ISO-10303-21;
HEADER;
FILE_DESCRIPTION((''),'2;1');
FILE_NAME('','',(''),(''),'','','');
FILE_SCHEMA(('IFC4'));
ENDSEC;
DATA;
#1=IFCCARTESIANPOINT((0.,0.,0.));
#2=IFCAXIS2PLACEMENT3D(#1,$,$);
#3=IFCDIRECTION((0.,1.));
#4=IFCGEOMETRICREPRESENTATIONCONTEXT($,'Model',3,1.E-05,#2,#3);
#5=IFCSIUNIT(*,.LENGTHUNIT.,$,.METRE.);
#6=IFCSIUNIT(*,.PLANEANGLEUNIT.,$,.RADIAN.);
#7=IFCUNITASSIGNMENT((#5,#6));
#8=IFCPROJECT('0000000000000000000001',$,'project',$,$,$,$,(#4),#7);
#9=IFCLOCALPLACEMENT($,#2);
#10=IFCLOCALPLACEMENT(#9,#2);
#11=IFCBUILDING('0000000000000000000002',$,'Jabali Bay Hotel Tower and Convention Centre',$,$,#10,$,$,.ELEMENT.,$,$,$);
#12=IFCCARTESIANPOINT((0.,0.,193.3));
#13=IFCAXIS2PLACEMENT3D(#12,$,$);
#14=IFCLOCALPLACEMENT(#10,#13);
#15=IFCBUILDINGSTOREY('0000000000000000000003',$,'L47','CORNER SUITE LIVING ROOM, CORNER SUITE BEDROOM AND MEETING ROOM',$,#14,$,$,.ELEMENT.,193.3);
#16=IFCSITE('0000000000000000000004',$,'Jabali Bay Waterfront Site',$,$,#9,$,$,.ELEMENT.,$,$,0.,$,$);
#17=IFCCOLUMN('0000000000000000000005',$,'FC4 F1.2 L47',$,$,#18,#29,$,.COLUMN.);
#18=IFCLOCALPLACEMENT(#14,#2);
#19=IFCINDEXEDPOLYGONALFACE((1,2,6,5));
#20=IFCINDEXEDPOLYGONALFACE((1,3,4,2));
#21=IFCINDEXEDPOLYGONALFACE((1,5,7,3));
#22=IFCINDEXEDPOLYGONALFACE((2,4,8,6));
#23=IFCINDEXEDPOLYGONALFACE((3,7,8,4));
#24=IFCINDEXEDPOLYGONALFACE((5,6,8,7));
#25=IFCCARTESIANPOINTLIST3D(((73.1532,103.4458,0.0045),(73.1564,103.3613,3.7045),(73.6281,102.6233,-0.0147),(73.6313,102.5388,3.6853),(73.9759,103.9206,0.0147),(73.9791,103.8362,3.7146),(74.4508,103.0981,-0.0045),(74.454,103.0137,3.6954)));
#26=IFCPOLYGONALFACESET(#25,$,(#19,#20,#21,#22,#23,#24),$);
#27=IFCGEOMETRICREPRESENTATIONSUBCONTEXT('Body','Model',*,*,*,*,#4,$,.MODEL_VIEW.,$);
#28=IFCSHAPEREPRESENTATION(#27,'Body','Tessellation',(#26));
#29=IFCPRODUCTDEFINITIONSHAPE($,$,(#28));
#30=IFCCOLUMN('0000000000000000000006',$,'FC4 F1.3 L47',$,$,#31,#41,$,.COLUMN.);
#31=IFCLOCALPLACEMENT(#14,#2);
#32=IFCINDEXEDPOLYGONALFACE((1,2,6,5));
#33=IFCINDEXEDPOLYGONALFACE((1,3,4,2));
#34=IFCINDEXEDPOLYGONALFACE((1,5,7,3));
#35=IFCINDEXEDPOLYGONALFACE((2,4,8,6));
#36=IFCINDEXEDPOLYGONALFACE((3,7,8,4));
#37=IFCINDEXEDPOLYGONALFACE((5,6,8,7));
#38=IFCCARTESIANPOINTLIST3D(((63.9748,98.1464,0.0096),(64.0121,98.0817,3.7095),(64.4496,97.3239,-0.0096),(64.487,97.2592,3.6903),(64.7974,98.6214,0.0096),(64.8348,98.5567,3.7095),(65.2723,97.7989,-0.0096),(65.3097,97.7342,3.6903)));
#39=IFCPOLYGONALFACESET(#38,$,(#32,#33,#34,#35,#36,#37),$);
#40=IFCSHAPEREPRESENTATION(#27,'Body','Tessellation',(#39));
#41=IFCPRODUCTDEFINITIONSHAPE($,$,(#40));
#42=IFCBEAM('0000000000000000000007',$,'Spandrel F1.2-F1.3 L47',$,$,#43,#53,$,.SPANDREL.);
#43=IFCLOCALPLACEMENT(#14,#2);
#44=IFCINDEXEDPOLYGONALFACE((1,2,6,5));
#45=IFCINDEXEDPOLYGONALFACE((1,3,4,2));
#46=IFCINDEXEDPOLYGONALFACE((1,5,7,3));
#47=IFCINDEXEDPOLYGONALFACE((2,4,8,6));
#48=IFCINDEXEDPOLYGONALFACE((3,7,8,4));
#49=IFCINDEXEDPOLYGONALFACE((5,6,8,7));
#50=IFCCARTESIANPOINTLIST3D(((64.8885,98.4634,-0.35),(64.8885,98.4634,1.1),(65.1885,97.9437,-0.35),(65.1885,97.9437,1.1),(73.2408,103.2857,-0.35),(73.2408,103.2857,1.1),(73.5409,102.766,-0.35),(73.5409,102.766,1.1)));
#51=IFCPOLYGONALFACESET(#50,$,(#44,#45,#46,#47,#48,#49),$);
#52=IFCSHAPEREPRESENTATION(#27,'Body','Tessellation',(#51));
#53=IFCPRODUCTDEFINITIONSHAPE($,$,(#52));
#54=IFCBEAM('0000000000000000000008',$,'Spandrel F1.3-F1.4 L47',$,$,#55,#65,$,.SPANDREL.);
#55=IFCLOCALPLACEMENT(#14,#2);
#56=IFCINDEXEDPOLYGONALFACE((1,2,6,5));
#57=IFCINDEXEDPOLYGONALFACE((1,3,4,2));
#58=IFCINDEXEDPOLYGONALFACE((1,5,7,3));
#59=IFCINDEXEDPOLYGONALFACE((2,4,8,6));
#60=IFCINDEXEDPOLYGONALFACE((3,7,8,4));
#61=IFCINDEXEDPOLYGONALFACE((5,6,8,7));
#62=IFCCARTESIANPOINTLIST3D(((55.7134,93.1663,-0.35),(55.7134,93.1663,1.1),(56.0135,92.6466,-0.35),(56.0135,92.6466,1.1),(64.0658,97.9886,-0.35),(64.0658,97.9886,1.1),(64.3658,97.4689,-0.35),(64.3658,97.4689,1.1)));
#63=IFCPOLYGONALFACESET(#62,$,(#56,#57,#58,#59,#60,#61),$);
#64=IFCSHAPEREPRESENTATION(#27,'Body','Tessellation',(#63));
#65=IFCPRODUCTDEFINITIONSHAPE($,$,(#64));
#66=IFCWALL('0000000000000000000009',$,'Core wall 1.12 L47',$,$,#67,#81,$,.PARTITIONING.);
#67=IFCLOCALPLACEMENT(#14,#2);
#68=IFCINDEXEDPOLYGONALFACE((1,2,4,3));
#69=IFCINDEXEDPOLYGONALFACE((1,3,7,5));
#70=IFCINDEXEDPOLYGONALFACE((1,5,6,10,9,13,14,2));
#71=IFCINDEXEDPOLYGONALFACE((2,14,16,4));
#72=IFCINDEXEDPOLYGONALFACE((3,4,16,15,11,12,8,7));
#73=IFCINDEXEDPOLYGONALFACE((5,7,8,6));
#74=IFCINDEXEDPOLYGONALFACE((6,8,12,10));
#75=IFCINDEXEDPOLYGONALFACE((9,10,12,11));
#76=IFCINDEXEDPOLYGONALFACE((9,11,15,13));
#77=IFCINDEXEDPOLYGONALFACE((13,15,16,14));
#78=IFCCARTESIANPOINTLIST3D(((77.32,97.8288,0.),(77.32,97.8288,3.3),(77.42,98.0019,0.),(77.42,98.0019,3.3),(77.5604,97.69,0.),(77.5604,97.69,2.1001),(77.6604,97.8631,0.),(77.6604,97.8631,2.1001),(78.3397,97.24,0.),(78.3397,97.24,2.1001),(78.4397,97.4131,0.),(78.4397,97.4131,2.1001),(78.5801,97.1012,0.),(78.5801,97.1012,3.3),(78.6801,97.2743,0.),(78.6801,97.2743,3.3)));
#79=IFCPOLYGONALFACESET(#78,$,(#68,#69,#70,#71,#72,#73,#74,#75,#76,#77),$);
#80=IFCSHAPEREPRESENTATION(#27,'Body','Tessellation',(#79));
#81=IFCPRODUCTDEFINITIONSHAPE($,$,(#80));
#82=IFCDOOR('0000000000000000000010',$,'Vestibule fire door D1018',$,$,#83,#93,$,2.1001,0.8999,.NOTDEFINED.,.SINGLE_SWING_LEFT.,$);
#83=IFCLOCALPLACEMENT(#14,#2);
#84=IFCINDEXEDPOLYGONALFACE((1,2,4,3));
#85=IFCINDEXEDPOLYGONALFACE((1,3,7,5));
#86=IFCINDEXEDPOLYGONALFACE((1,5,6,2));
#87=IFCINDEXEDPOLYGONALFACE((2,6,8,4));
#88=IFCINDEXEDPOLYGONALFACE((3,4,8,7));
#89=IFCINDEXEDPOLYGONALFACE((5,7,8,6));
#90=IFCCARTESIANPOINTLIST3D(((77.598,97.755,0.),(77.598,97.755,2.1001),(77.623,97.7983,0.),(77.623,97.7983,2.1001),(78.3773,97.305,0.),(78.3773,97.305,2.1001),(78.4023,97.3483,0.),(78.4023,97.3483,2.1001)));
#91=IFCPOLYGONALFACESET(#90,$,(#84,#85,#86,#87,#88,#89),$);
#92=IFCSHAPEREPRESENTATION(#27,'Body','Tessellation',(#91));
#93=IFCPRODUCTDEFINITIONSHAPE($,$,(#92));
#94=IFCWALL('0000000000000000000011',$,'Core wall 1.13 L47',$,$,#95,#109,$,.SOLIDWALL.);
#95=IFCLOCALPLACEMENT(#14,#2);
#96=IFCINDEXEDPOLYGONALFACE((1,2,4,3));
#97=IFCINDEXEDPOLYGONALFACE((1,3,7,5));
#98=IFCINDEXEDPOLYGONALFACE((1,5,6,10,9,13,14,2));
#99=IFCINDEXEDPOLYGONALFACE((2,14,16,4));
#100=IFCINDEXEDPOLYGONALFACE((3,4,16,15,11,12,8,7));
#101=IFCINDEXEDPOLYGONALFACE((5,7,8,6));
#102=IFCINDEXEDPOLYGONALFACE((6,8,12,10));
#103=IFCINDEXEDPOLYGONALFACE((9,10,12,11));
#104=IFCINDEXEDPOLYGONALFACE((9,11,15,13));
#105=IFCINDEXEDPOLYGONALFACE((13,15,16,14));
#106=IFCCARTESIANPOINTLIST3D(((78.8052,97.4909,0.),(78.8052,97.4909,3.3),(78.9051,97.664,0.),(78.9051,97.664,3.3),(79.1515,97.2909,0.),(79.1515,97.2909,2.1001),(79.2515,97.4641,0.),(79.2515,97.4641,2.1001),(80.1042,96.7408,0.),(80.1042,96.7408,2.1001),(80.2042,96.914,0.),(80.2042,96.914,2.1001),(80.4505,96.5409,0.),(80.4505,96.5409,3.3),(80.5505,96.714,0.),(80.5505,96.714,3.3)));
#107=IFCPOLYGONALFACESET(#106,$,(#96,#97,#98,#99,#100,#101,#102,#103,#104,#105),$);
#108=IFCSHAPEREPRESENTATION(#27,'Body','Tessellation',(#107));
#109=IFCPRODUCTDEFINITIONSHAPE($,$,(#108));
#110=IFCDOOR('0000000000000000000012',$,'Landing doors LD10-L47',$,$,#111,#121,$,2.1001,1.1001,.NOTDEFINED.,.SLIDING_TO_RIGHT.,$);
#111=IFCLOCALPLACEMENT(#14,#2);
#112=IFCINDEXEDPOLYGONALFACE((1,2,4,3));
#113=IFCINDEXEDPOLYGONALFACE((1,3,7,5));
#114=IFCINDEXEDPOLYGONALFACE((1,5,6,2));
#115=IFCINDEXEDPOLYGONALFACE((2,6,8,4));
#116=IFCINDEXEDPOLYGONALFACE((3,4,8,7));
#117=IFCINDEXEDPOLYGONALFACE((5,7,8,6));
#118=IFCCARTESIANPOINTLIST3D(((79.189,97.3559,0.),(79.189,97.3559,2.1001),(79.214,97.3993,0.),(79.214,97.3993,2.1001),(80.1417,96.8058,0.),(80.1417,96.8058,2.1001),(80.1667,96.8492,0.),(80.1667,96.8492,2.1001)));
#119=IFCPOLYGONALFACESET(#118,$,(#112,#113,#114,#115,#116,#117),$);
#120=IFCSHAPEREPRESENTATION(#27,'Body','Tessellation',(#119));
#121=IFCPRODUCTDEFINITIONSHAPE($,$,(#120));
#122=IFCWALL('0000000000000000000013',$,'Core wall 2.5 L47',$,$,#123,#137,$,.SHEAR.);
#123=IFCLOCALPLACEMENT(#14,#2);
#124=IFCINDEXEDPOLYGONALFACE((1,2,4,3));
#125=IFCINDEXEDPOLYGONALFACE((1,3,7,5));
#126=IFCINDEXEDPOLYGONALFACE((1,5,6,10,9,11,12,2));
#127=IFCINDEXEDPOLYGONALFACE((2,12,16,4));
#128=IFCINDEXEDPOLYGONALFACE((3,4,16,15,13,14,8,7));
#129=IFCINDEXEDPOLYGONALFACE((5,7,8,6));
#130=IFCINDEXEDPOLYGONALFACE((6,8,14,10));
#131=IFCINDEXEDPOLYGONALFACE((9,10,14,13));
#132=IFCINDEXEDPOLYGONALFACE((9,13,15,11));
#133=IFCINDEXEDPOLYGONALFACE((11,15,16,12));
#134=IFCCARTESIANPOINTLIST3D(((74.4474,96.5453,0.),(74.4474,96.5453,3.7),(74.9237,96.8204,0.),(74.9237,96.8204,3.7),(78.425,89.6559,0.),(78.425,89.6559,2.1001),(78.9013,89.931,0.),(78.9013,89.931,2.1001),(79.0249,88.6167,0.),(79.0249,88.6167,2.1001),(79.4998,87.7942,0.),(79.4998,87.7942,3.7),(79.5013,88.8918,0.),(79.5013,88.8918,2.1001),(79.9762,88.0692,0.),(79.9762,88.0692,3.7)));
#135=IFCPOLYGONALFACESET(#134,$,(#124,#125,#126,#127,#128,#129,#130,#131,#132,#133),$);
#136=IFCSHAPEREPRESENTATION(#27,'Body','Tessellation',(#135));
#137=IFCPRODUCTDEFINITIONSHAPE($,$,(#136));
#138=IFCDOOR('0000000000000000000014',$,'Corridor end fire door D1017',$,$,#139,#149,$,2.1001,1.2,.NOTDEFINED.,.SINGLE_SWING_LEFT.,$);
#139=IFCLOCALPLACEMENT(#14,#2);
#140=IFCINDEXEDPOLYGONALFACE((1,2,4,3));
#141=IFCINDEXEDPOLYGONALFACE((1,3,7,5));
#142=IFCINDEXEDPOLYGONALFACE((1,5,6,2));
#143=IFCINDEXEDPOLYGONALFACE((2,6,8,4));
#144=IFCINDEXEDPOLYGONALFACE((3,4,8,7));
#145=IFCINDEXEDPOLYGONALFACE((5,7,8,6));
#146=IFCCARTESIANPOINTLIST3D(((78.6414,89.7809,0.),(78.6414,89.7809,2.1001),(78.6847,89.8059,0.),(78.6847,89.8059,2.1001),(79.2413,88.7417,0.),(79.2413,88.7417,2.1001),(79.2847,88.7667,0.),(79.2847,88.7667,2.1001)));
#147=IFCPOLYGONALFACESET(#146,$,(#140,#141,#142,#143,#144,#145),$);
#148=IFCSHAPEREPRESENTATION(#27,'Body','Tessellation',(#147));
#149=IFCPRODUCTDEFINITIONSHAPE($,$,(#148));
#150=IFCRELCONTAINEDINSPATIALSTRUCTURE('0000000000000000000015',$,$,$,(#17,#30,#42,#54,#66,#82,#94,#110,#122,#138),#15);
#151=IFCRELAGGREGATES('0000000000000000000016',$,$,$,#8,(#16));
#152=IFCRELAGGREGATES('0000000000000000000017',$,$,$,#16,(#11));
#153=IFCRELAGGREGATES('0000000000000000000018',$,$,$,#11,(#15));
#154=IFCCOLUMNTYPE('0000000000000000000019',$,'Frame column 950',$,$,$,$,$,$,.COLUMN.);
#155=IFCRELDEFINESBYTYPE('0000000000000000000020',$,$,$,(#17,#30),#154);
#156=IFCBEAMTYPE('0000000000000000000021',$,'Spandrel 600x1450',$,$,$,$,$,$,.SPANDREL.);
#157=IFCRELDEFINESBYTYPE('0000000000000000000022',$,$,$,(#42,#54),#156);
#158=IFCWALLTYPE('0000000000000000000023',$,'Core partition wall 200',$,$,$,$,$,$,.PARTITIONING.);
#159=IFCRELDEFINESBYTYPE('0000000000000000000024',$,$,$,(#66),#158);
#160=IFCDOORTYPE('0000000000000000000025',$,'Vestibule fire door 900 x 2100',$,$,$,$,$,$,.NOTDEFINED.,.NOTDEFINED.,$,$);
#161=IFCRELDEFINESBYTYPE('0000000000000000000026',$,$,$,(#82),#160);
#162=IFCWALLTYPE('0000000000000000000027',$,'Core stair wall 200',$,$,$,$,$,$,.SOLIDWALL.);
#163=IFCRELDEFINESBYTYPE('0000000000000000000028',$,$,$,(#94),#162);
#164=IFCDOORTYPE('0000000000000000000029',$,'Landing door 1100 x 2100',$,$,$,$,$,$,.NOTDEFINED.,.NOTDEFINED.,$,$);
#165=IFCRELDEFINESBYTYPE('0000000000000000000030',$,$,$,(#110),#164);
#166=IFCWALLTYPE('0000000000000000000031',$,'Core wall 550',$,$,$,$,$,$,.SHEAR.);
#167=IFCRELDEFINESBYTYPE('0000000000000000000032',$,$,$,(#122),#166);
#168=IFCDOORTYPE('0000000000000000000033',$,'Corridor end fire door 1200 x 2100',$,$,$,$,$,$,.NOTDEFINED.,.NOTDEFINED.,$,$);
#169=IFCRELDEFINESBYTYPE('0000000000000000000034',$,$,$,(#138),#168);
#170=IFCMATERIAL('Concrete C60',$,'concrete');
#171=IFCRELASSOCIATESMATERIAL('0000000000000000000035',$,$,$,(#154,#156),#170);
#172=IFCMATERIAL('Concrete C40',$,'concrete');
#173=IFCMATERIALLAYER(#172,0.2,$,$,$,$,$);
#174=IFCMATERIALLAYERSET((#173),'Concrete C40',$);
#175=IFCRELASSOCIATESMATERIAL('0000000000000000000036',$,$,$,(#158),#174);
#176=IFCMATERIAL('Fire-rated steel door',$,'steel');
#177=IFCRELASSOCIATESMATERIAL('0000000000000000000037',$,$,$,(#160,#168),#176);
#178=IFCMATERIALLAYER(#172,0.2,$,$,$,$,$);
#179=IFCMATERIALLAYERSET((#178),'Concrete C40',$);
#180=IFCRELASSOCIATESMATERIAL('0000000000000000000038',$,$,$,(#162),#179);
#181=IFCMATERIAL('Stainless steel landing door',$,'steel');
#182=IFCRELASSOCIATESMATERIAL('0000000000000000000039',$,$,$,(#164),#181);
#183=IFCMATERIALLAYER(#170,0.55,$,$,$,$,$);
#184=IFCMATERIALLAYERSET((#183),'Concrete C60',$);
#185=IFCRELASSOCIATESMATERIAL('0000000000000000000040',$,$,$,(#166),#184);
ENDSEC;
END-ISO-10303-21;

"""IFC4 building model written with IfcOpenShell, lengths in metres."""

from ifc_helpers import new_model, si_unit, direction, frame, frame_2d, origin, origin_2d, place, context, subcontext, project, spatial, rectangle, extrude, material, layer, layer_set, material_profile, profile_set, type_object, element, fill, save


model = new_model("IFC4")

# Units and contexts
model_context = context("Model", 3, precision=1e-05, world=origin(), true_north=direction((0.0, 1.0)))
body_context = subcontext(model_context, "Body", "Model", "MODEL_VIEW")
ifc_project = project(units=[si_unit("LENGTHUNIT", "METRE"), si_unit("PLANEANGLEUNIT", "RADIAN")], contexts=[model_context])

# Site, building, storey
site_placement = place(None, origin())
site = spatial("IfcSite", under=ifc_project, at=site_placement, Name="Jabali Bay Waterfront Site", CompositionType="ELEMENT", RefElevation=0.0)
building_placement = place(site_placement, origin())
building = spatial("IfcBuilding", under=site, at=building_placement, Name="Jabali Bay Hotel Tower and Convention Centre", CompositionType="ELEMENT")
storey_placement = place(building_placement, frame((0.0, 0.0, 193.3)))
storey = spatial("IfcBuildingStorey", under=building, at=storey_placement, Name="L47", Description="CORNER SUITE LIVING ROOM, CORNER SUITE BEDROOM AND MEETING ROOM", CompositionType="ELEMENT", Elevation=193.3)

# Columns
ifc_material_1 = material(Name="Concrete C60", Category="concrete")
ifc_material_profile_1 = material_profile(ifc_material_1, rectangle(XDim=0.95, YDim=0.95, at=origin_2d()), Name="Frame column 950")
ifc_profile_set_1 = profile_set([ifc_material_profile_1], Name="Concrete C60")
column_type = type_object("IfcColumnType", Name="Frame column 950", PredefinedType="COLUMN", material=ifc_profile_set_1)
column_1_placement = place(storey_placement, frame((73.802, 103.272, 0.0), z_axis=(0.000858, -0.022825, 0.999739), x_axis=(0.866054, 0.499836, 0.010669)))
element("IfcColumn", 1, at=column_1_placement, inside=storey, type_object=column_type, Name="FC4 F1.2 L47", PredefinedType="COLUMN", context=body_context, shape_type="SweptSolid", body=[
    extrude(rectangle(XDim=0.95, YDim=0.95, at=origin_2d()), origin(), (0.0, 0.0, 1.0), 3.7009),
])
column_2_placement = place(storey_placement, frame((64.6235, 97.9727, 0.0), z_axis=(0.010094, -0.017482, 0.999796), x_axis=(0.86602, 0.500009, 0.0)))
element("IfcColumn", 2, at=column_2_placement, inside=storey, type_object=column_type, Name="FC4 F1.3 L47", PredefinedType="COLUMN", context=body_context, shape_type="SweptSolid", body=[
    extrude(rectangle(XDim=0.95, YDim=0.95, at=origin_2d()), origin(), (0.0, 0.0, 1.0), 3.7007),
])

# Beams
ifc_material_profile_2 = material_profile(ifc_material_1, rectangle(XDim=0.6001, YDim=1.45, at=origin_2d()), Name="Spandrel 600x1450")
ifc_profile_set_2 = profile_set([ifc_material_profile_2], Name="Concrete C60")
beam_type = type_object("IfcBeamType", Name="Spandrel 600x1450", PredefinedType="SPANDREL", material=ifc_profile_set_2)
for number, where, z_axis, x_axis, name in (
    (3, (73.3909, 103.0259, 0.375), (-0.866022, -0.500005, 0.0), (0.500005, -0.866022, 0.0), "Spandrel F1.2-F1.3 L47"),
    (4, (64.2158, 97.7288, 0.375), (-0.866022, -0.500005, 0.0), (0.500005, -0.866022, 0.0), "Spandrel F1.3-F1.4 L47"),
):
    element("IfcBeam", number, at=place(storey_placement, frame(where, z_axis=z_axis, x_axis=x_axis)), inside=storey, type_object=beam_type, Name=name, PredefinedType="SPANDREL", context=body_context, shape_type="SweptSolid", body=[
        extrude(rectangle(XDim=0.6001, YDim=1.45, at=origin_2d()), origin(), (0.0, 0.0, 1.0), 9.6445),
    ])

# Walls, openings, doors
ifc_material_2 = material(Name="Concrete C40", Category="concrete")
ifc_layer_1 = layer(ifc_material_2, 0.2)
ifc_layer_set_1 = layer_set([ifc_layer_1], Name="Concrete C40")
wall_type_1 = type_object("IfcWallType", Name="Core partition wall 200", PredefinedType="PARTITIONING", material=ifc_layer_set_1)
wall_1_placement = place(storey_placement, frame((78.6301, 97.1877, 0.0), z_axis=(0.0, 0.0, 1.0), x_axis=(-0.866004, 0.500037, 0.0)))
wall_1 = element("IfcWall", 5, at=wall_1_placement, inside=storey, type_object=wall_type_1, Name="Core wall 1.12 L47", PredefinedType="PARTITIONING", context=body_context, shape_type="SweptSolid", body=[
    extrude(rectangle(XDim=1.4551, YDim=0.2, at=frame_2d((0.7275, 0.0))), origin(), (0.0, 0.0, 1.0), 3.3),
])
opening_1_placement = place(wall_1_placement, frame((0.2776, 0.0, 0.0)))
opening_1 = element("IfcOpeningElement", 6, at=opening_1_placement, cuts=wall_1, PredefinedType="OPENING", context=body_context, shape_type="SweptSolid", body=[
    extrude(rectangle(XDim=0.8999, YDim=2.1001, at=frame_2d((0.45, 1.05))), frame((0.0, 0.1104, 0.0), z_axis=(0.0, -1.0, 0.0), x_axis=(1.0, 0.0, 0.0)), (0.0, 0.0, 1.0), 0.2209),
])
ifc_material_3 = material(Name="Fire-rated steel door", Category="steel")
door_type_1 = type_object("IfcDoorType", Name="Vestibule fire door 900 x 2100", OperationType="NOTDEFINED", PredefinedType="NOTDEFINED", material=ifc_material_3)
door_1_placement = place(opening_1_placement, origin())
door_1 = element("IfcDoor", 7, at=door_1_placement, inside=storey, type_object=door_type_1, Name="Vestibule fire door D1018", OperationType="SINGLE_SWING_LEFT", OverallHeight=2.1001, OverallWidth=0.8999, PredefinedType="NOTDEFINED", context=body_context, shape_type="SweptSolid", body=[
    extrude(rectangle(XDim=0.8999, YDim=2.1001, at=frame_2d((0.45, 1.05))), frame((0.0, 0.0249, 0.0), z_axis=(0.0, -1.0, 0.0), x_axis=(1.0, 0.0, 0.0)), (0.0, 0.0, 1.0), 0.05),
])
fill(opening_1, door_1)
ifc_layer_2 = layer(ifc_material_2, 0.2)
ifc_layer_set_2 = layer_set([ifc_layer_2], Name="Concrete C40")
wall_type_2 = type_object("IfcWallType", Name="Core stair wall 200", PredefinedType="SOLIDWALL", material=ifc_layer_set_2)
wall_2_placement = place(storey_placement, frame((80.5005, 96.6274, 0.0), z_axis=(0.0, 0.0, 1.0), x_axis=(-0.866012, 0.500023, 0.0)))
wall_2 = element("IfcWall", 8, at=wall_2_placement, inside=storey, type_object=wall_type_2, Name="Core wall 1.13 L47", PredefinedType="SOLIDWALL", context=body_context, shape_type="SweptSolid", body=[
    extrude(rectangle(XDim=1.8999, YDim=0.2, at=frame_2d((0.95, 0.0))), origin(), (0.0, 0.0, 1.0), 3.3),
])
opening_2_placement = place(wall_2_placement, frame((0.3999, 0.0, 0.0)))
opening_2 = element("IfcOpeningElement", 9, at=opening_2_placement, cuts=wall_2, PredefinedType="OPENING", context=body_context, shape_type="SweptSolid", body=[
    extrude(rectangle(XDim=1.1001, YDim=2.1001, at=frame_2d((0.55, 1.05))), frame((0.0, 0.1104, 0.0), z_axis=(0.0, -1.0, 0.0), x_axis=(1.0, 0.0, 0.0)), (0.0, 0.0, 1.0), 0.2209),
])
ifc_material_4 = material(Name="Stainless steel landing door", Category="steel")
door_type_2 = type_object("IfcDoorType", Name="Landing door 1100 x 2100", OperationType="NOTDEFINED", PredefinedType="NOTDEFINED", material=ifc_material_4)
door_2_placement = place(opening_2_placement, origin())
door_2 = element("IfcDoor", 10, at=door_2_placement, inside=storey, type_object=door_type_2, Name="Landing doors LD10-L47", OperationType="SLIDING_TO_RIGHT", OverallHeight=2.1001, OverallWidth=1.1001, PredefinedType="NOTDEFINED", context=body_context, shape_type="SweptSolid", body=[
    extrude(rectangle(XDim=1.1001, YDim=2.1001, at=frame_2d((0.55, 1.05))), frame((0.0, 0.0249, 0.0), z_axis=(0.0, -1.0, 0.0), x_axis=(1.0, 0.0, 0.0)), (0.0, 0.0, 1.0), 0.05),
])
fill(opening_2, door_2)
ifc_layer_3 = layer(ifc_material_1, 0.55)
ifc_layer_set_3 = layer_set([ifc_layer_3], Name="Concrete C60")
wall_type_3 = type_object("IfcWallType", Name="Core wall 550", PredefinedType="SHEAR", material=ifc_layer_set_3)
wall_3_placement = place(storey_placement, frame((74.6855, 96.6829, 0.0), z_axis=(0.0, 0.0, 1.0), x_axis=(0.499998, -0.866027, 0.0)))
wall_3 = element("IfcWall", 11, at=wall_3_placement, inside=storey, type_object=wall_type_3, Name="Core wall 2.5 L47", PredefinedType="SHEAR", context=body_context, shape_type="SweptSolid", body=[
    extrude(rectangle(XDim=10.105, YDim=0.55, at=frame_2d((5.0525, 0.0))), origin(), (0.0, 0.0, 1.0), 3.7),
])
opening_3_placement = place(wall_3_placement, frame((7.9551, 0.0, 0.0)))
opening_3 = element("IfcOpeningElement", 12, at=opening_3_placement, cuts=wall_3, PredefinedType="OPENING", context=body_context, shape_type="SweptSolid", body=[
    extrude(rectangle(XDim=1.2, YDim=2.1001, at=frame_2d((0.6001, 1.05))), frame((0.0, 0.2856, 0.0), z_axis=(0.0, -1.0, 0.0), x_axis=(1.0, 0.0, 0.0)), (0.0, 0.0, 1.0), 0.571),
])
door_type_3 = type_object("IfcDoorType", Name="Corridor end fire door 1200 x 2100", OperationType="NOTDEFINED", PredefinedType="NOTDEFINED", material=ifc_material_3)
door_3_placement = place(opening_3_placement, origin())
door_3 = element("IfcDoor", 13, at=door_3_placement, inside=storey, type_object=door_type_3, Name="Corridor end fire door D1017", OperationType="SINGLE_SWING_LEFT", OverallHeight=2.1001, OverallWidth=1.2, PredefinedType="NOTDEFINED", context=body_context, shape_type="SweptSolid", body=[
    extrude(rectangle(XDim=1.2, YDim=2.1001, at=frame_2d((0.6001, 1.05))), frame((0.0, 0.0249, 0.0), z_axis=(0.0, -1.0, 0.0), x_axis=(1.0, 0.0, 0.0)), (0.0, 0.0, 1.0), 0.05),
])
fill(opening_3, door_3)

save(model, "model.ifc")
